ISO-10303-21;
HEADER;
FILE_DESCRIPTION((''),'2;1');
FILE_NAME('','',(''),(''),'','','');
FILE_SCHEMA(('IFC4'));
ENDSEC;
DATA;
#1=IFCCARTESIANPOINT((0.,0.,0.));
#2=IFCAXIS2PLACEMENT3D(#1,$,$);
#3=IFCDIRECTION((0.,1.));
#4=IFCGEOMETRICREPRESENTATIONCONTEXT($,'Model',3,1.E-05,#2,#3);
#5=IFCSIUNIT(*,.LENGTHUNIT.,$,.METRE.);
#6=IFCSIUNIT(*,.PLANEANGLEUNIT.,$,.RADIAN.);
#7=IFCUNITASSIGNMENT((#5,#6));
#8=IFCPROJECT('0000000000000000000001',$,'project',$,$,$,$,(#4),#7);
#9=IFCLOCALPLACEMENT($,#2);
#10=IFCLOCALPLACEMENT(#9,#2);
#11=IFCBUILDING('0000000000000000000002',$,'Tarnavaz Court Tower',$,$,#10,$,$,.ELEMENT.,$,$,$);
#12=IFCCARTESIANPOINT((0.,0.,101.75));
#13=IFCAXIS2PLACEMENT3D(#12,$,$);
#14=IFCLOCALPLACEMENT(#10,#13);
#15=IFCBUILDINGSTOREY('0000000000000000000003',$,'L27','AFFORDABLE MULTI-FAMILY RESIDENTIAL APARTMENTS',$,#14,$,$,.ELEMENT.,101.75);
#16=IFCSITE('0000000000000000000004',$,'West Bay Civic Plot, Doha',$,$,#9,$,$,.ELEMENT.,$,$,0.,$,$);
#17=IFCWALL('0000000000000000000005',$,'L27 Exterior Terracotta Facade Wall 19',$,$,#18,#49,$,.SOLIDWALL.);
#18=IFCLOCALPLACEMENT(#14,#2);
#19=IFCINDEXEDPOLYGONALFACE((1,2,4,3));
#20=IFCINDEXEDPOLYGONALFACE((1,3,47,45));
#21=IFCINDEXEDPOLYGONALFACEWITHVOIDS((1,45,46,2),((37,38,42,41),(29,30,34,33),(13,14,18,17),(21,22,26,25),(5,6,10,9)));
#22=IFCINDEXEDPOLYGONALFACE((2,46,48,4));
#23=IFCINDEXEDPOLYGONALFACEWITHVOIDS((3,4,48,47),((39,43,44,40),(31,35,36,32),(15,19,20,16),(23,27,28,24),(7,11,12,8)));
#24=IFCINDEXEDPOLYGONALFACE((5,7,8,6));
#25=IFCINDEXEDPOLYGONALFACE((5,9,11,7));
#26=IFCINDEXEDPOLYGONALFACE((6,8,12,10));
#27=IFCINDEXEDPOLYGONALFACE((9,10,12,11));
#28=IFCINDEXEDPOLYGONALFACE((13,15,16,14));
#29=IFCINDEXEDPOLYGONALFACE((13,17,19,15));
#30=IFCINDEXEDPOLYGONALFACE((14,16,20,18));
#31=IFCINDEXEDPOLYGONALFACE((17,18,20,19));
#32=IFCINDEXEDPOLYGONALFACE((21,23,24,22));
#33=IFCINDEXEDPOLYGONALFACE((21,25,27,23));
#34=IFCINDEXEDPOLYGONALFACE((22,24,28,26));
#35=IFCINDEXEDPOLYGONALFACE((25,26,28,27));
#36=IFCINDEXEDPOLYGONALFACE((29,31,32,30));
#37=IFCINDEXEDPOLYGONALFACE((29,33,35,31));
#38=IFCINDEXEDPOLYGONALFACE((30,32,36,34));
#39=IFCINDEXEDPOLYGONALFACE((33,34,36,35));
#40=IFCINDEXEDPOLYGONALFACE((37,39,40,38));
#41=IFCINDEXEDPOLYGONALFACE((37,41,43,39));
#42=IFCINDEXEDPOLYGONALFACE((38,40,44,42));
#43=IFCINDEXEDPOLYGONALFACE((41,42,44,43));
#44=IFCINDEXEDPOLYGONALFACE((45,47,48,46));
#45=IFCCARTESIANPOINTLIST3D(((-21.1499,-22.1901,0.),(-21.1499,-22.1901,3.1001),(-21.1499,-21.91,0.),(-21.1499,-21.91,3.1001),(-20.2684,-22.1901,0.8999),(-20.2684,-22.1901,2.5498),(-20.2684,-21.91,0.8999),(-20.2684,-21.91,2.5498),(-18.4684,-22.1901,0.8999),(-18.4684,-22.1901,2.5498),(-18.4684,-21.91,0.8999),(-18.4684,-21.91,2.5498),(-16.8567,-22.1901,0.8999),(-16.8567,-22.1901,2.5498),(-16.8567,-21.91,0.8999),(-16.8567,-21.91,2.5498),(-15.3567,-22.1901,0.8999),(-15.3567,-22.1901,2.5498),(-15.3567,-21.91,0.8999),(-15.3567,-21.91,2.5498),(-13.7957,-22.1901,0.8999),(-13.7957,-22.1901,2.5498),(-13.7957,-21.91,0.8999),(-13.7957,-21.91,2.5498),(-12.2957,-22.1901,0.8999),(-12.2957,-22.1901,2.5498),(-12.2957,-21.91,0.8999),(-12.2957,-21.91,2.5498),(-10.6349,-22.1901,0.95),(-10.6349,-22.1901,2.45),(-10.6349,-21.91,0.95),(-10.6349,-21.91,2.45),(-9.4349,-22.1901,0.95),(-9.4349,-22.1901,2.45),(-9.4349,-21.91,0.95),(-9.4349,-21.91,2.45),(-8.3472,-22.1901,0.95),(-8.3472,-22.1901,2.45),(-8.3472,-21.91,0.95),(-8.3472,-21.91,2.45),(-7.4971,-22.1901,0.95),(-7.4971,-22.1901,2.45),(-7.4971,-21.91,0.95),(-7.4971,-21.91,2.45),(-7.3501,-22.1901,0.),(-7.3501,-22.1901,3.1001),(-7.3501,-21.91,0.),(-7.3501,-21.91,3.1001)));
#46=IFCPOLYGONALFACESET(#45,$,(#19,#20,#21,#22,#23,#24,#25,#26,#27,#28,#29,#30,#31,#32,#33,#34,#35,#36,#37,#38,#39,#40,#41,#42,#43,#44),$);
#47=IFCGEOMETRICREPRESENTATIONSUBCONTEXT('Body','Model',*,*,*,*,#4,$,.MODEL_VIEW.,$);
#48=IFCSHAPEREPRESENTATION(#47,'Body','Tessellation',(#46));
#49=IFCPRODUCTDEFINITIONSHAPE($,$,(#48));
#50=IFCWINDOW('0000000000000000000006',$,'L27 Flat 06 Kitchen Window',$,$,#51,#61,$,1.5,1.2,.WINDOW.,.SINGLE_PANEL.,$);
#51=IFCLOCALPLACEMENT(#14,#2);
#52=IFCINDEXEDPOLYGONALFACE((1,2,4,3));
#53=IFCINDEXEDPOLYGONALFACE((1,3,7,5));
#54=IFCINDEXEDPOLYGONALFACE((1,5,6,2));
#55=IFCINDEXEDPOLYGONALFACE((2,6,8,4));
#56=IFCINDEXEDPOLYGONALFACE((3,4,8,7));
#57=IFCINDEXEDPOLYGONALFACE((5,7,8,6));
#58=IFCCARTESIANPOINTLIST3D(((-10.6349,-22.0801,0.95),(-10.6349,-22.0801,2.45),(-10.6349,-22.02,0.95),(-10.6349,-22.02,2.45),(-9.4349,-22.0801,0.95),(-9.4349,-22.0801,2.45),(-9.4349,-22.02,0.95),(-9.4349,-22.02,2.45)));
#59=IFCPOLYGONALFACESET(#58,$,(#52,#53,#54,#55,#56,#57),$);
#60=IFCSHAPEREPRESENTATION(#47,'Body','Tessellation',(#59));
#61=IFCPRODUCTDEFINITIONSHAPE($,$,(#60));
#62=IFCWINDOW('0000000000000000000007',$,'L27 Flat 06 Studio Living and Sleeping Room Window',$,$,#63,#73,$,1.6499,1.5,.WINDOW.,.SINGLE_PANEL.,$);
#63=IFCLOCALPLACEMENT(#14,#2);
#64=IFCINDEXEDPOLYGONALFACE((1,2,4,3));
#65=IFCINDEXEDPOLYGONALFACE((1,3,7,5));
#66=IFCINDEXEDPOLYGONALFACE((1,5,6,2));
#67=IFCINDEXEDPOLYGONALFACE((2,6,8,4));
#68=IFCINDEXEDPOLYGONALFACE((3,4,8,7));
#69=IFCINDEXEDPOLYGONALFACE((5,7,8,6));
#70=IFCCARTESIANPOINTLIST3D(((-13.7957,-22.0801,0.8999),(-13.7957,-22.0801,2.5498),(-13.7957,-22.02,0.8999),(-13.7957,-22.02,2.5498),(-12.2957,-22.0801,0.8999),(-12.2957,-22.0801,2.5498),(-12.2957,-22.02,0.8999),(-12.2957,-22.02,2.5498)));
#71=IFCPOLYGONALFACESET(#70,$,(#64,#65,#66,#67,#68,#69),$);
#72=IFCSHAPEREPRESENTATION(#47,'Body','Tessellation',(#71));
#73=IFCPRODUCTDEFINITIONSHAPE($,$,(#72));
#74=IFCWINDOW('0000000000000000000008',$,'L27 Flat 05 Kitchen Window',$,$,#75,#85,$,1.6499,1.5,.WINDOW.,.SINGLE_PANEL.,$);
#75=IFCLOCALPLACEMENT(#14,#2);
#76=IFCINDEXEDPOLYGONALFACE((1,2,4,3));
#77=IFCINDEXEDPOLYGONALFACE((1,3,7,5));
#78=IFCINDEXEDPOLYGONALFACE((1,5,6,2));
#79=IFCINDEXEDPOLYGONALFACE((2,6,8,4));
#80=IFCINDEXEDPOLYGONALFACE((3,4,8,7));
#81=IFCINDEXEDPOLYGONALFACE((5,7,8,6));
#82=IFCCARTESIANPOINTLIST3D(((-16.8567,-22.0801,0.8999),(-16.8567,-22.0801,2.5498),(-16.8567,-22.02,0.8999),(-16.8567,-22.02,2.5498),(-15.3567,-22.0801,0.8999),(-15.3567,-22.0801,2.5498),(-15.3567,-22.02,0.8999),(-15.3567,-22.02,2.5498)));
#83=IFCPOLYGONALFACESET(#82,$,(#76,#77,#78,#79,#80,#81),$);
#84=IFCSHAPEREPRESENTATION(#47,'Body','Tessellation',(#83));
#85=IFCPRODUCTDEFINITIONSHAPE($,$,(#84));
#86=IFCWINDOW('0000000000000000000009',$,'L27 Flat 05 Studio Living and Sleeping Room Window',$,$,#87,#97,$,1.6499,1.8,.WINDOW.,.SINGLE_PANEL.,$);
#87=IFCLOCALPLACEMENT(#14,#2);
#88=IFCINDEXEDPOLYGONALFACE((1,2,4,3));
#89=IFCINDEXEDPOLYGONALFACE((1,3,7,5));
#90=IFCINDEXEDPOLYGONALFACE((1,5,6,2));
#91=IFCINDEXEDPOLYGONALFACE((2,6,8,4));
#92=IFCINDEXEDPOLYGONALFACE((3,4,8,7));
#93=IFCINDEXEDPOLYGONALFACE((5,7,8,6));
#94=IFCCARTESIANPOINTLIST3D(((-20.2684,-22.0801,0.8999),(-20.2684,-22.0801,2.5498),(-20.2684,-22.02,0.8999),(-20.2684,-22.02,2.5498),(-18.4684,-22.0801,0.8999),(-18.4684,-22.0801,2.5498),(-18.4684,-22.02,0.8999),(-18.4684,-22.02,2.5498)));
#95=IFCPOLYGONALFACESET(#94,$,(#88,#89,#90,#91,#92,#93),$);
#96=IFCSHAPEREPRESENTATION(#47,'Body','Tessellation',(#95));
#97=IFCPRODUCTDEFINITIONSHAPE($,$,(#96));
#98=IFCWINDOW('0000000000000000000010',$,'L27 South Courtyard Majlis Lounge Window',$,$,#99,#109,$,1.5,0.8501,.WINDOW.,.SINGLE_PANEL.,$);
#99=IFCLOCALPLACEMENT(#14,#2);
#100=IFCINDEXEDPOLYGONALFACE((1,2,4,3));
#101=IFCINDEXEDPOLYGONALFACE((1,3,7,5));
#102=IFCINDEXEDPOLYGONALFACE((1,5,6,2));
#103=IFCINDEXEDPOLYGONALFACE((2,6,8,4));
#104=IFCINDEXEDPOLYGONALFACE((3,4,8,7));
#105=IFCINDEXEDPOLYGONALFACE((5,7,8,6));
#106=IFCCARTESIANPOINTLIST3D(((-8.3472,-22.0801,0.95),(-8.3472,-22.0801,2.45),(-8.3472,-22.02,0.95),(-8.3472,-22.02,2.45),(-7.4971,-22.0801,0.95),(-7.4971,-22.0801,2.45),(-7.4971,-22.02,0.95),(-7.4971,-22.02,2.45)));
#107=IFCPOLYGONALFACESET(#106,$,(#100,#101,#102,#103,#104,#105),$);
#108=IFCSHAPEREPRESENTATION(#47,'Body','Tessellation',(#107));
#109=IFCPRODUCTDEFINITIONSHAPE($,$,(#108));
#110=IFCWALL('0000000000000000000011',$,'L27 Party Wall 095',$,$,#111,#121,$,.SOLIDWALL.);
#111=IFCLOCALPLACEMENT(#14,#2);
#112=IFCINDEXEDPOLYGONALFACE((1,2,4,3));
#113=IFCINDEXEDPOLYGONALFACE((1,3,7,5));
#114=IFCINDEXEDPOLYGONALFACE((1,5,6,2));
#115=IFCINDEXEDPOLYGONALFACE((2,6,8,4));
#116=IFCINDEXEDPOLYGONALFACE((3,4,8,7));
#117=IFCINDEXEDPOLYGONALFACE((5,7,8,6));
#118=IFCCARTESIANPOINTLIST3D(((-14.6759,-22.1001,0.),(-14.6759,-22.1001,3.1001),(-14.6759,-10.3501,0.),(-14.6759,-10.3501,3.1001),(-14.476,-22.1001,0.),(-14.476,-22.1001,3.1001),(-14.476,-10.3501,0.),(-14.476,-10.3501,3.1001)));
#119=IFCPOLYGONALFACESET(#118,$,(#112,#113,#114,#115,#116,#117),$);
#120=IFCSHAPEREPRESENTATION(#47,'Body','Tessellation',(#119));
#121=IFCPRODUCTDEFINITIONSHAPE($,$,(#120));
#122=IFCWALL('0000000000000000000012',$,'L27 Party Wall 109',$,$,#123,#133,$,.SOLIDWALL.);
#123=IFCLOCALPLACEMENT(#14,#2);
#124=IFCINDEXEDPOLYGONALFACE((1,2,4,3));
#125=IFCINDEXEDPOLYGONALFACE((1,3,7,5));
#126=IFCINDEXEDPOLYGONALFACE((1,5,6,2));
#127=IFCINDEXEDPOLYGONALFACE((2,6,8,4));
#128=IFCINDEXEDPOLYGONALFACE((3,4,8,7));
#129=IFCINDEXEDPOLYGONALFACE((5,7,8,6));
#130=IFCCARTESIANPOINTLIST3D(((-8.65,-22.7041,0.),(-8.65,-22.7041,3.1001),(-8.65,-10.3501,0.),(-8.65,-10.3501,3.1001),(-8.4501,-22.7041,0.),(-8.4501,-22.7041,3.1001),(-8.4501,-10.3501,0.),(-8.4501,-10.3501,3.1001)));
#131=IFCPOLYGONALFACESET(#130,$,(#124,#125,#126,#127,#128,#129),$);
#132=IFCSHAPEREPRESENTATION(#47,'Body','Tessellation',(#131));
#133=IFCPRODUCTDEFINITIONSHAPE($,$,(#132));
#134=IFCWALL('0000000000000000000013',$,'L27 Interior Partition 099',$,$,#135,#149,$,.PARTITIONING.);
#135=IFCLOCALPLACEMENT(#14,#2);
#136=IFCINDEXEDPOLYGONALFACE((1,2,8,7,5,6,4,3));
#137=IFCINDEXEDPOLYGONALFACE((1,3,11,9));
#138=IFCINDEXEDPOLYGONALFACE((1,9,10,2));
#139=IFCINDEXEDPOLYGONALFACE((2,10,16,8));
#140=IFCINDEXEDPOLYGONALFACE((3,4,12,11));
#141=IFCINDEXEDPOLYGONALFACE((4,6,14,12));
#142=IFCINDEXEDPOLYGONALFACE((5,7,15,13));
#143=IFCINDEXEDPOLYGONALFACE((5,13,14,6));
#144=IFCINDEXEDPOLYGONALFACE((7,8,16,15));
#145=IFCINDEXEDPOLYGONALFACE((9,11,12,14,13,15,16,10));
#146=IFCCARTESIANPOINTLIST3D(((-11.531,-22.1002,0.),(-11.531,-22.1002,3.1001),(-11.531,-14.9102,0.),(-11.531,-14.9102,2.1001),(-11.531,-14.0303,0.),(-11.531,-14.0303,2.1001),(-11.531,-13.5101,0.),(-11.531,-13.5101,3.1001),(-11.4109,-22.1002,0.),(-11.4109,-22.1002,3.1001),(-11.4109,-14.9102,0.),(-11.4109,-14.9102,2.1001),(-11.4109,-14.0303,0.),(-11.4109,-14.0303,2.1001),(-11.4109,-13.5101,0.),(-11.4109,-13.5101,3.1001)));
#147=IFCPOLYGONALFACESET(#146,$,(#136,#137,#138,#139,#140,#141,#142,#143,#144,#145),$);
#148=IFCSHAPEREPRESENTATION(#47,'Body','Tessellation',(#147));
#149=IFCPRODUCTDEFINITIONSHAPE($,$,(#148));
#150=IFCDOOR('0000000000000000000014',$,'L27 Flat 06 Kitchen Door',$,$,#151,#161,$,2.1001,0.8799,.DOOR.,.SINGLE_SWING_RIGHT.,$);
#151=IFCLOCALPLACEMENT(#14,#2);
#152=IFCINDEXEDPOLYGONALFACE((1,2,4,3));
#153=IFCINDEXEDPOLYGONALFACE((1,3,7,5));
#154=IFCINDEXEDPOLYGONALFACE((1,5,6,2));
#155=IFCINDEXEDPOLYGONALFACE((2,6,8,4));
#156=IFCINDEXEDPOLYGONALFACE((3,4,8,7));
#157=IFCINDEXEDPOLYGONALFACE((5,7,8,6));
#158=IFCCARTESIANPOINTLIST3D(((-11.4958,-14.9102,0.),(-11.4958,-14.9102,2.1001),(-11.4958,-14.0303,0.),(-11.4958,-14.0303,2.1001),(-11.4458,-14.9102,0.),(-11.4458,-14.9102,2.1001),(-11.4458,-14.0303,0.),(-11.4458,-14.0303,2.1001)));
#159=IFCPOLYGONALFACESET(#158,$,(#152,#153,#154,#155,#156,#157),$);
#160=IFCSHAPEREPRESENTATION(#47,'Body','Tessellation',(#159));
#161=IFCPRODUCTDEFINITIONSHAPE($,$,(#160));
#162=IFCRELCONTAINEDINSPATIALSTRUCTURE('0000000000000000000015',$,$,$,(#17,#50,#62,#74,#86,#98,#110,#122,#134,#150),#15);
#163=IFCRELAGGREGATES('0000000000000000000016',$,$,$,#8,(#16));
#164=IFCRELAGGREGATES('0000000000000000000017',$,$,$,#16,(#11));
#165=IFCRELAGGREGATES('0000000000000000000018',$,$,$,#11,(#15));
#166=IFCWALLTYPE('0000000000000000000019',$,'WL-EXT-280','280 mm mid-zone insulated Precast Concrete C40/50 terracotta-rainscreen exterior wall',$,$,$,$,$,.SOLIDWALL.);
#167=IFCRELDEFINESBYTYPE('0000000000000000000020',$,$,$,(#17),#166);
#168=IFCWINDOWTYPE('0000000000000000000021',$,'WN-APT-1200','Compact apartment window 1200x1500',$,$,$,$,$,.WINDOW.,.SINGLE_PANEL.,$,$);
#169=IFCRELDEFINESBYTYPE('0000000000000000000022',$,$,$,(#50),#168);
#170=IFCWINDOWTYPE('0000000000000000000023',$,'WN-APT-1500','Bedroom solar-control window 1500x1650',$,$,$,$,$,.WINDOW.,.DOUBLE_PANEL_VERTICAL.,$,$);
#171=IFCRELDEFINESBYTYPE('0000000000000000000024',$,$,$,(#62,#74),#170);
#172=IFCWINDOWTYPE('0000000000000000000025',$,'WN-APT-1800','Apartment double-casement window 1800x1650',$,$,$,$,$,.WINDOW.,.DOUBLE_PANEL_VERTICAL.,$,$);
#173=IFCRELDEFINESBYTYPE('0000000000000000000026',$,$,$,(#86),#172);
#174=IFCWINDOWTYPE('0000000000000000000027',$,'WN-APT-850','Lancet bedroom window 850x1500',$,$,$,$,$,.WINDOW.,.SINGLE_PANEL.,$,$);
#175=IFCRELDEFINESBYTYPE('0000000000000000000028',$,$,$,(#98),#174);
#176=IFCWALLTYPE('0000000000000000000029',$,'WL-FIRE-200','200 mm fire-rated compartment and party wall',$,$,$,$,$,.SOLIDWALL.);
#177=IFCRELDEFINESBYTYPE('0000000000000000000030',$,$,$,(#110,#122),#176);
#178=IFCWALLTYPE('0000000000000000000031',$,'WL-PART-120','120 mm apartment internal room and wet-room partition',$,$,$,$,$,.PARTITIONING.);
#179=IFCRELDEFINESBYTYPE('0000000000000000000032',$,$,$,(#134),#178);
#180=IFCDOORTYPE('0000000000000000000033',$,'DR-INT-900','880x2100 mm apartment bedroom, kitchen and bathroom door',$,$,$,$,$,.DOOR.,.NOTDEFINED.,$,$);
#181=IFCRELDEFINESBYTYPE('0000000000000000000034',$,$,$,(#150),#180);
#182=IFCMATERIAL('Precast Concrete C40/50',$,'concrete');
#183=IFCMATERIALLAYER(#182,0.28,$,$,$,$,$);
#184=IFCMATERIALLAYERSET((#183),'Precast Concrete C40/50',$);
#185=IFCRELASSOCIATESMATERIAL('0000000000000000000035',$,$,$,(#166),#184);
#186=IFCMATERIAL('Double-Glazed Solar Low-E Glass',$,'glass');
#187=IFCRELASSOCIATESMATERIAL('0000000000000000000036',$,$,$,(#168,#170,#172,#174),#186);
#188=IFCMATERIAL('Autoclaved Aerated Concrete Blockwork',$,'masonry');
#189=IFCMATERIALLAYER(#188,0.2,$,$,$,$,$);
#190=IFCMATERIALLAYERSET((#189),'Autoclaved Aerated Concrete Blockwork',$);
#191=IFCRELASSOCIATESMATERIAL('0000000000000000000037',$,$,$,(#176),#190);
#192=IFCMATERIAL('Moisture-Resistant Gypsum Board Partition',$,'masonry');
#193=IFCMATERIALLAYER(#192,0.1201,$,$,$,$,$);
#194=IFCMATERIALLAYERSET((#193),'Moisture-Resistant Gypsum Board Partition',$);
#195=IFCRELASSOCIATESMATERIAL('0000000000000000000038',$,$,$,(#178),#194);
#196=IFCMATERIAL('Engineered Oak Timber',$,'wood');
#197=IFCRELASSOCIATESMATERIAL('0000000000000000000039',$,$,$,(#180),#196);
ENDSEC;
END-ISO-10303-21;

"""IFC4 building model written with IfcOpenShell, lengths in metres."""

from ifc_helpers import new_model, si_unit, direction, frame, frame_2d, origin, place, context, subcontext, project, spatial, rectangle, extrude, material, layer, layer_set, type_object, element, fill, save


model = new_model("IFC4")

# Units and contexts
model_context = context("Model", 3, precision=1e-05, world=origin(), true_north=direction((0.0, 1.0)))
body_context = subcontext(model_context, "Body", "Model", "MODEL_VIEW")
ifc_project = project(units=[si_unit("LENGTHUNIT", "METRE"), si_unit("PLANEANGLEUNIT", "RADIAN")], contexts=[model_context])

# Site, building, storey
site_placement = place(None, origin())
site = spatial("IfcSite", under=ifc_project, at=site_placement, Name="West Bay Civic Plot, Doha", CompositionType="ELEMENT", RefElevation=0.0)
building_placement = place(site_placement, origin())
building = spatial("IfcBuilding", under=site, at=building_placement, Name="Tarnavaz Court Tower", CompositionType="ELEMENT")
storey_placement = place(building_placement, frame((0.0, 0.0, 101.75)))
storey = spatial("IfcBuildingStorey", under=building, at=storey_placement, Name="L27", Description="AFFORDABLE MULTI-FAMILY RESIDENTIAL APARTMENTS", CompositionType="ELEMENT", Elevation=101.75)

# Shared definitions
ifc_material_1 = material(Name="Double-Glazed Solar Low-E Glass", Category="glass")

# Shared definitions
ifc_material_2 = material(Name="Precast Concrete C40/50", Category="concrete")
ifc_layer_1 = layer(ifc_material_2, 0.28)
ifc_layer_set_1 = layer_set([ifc_layer_1], Name="Precast Concrete C40/50")
wall_type_1 = type_object("IfcWallType", Name="WL-EXT-280", Description="280 mm mid-zone insulated Precast Concrete C40/50 terracotta-rainscreen exterior wall", PredefinedType="SOLIDWALL", material=ifc_layer_set_1)
window_type_1 = type_object("IfcWindowType", Name="WN-APT-1200", Description="Compact apartment window 1200x1500", PartitioningType="SINGLE_PANEL", PredefinedType="WINDOW", material=ifc_material_1)

# Wall, openings, windows
wall_1_placement = place(storey_placement, frame((-7.3501, -22.05, 0.0), z_axis=(0.0, 0.0, 1.0), x_axis=(-1.0, 0.0, 0.0)))
wall_1 = element("IfcWall", 1, at=wall_1_placement, inside=storey, type_object=wall_type_1, Name="L27 Exterior Terracotta Facade Wall 19", PredefinedType="SOLIDWALL", context=body_context, shape_type="SweptSolid", body=[
    extrude(rectangle(XDim=13.7998, YDim=0.28, at=frame_2d((6.8999, 0.0))), origin(), (0.0, 0.0, 1.0), 3.1001),
])
opening_1_placement = place(wall_1_placement, frame((0.147, 0.0, 0.95)))
opening_1 = element("IfcOpeningElement", 2, at=opening_1_placement, cuts=wall_1, PredefinedType="OPENING", context=body_context, shape_type="SweptSolid", body=[
    extrude(rectangle(XDim=0.8501, YDim=1.5, at=frame_2d((0.425, 0.75))), frame((0.0, 0.1499, 0.0), z_axis=(0.0, -1.0, 0.0), x_axis=(1.0, 0.0, 0.0)), (0.0, 0.0, 1.0), 0.3),
])
opening_2_placement = place(wall_1_placement, frame((2.0847, 0.0, 0.95)))
opening_2 = element("IfcOpeningElement", 3, at=opening_2_placement, cuts=wall_1, PredefinedType="OPENING", context=body_context, shape_type="SweptSolid", body=[
    extrude(rectangle(XDim=1.2, YDim=1.5, at=frame_2d((0.6001, 0.75))), frame((0.0, 0.1499, 0.0), z_axis=(0.0, -1.0, 0.0), x_axis=(1.0, 0.0, 0.0)), (0.0, 0.0, 1.0), 0.3),
])
opening_3_placement = place(wall_1_placement, frame((4.9456, 0.0, 0.8999)))
opening_3 = element("IfcOpeningElement", 4, at=opening_3_placement, cuts=wall_1, PredefinedType="OPENING", context=body_context, shape_type="SweptSolid", body=[
    extrude(rectangle(XDim=1.5, YDim=1.6499, at=frame_2d((0.75, 0.825))), frame((0.0, 0.1499, 0.0), z_axis=(0.0, -1.0, 0.0), x_axis=(1.0, 0.0, 0.0)), (0.0, 0.0, 1.0), 0.3),
])
opening_4_placement = place(wall_1_placement, frame((8.0066, 0.0, 0.8999)))
opening_4 = element("IfcOpeningElement", 5, at=opening_4_placement, cuts=wall_1, PredefinedType="OPENING", context=body_context, shape_type="SweptSolid", body=[
    extrude(rectangle(XDim=1.5, YDim=1.6499, at=frame_2d((0.75, 0.825))), frame((0.0, 0.1499, 0.0), z_axis=(0.0, -1.0, 0.0), x_axis=(1.0, 0.0, 0.0)), (0.0, 0.0, 1.0), 0.3),
])
opening_5_placement = place(wall_1_placement, frame((11.1184, 0.0, 0.8999)))
opening_5 = element("IfcOpeningElement", 6, at=opening_5_placement, cuts=wall_1, PredefinedType="OPENING", context=body_context, shape_type="SweptSolid", body=[
    extrude(rectangle(XDim=1.8, YDim=1.6499, at=frame_2d((0.8999, 0.825))), frame((0.0, 0.1499, 0.0), z_axis=(0.0, -1.0, 0.0), x_axis=(1.0, 0.0, 0.0)), (0.0, 0.0, 1.0), 0.3),
])
window_1_placement = place(opening_2_placement, origin())
window_1 = element("IfcWindow", 7, at=window_1_placement, inside=storey, type_object=window_type_1, Name="L27 Flat 06 Kitchen Window", OverallHeight=1.5, OverallWidth=1.2, PartitioningType="SINGLE_PANEL", PredefinedType="WINDOW", context=body_context, shape_type="SweptSolid", body=[
    extrude(rectangle(XDim=1.2, YDim=1.5, at=frame_2d((0.6001, 0.75))), frame((0.0, 0.03, 0.0), z_axis=(0.0, -1.0, 0.0), x_axis=(1.0, 0.0, 0.0)), (0.0, 0.0, 1.0), 0.0601),
])
fill(opening_2, window_1)
window_type_2 = type_object("IfcWindowType", Name="WN-APT-1500", Description="Bedroom solar-control window 1500x1650", PartitioningType="DOUBLE_PANEL_VERTICAL", PredefinedType="WINDOW", material=ifc_material_1)
window_2_placement = place(opening_3_placement, origin())
window_2 = element("IfcWindow", 8, at=window_2_placement, inside=storey, type_object=window_type_2, Name="L27 Flat 06 Studio Living and Sleeping Room Window", OverallHeight=1.6499, OverallWidth=1.5, PartitioningType="SINGLE_PANEL", PredefinedType="WINDOW", context=body_context, shape_type="SweptSolid", body=[
    extrude(rectangle(XDim=1.5, YDim=1.6499, at=frame_2d((0.75, 0.825))), frame((0.0, 0.03, 0.0), z_axis=(0.0, -1.0, 0.0), x_axis=(1.0, 0.0, 0.0)), (0.0, 0.0, 1.0), 0.0601),
])
fill(opening_3, window_2)
window_3_placement = place(opening_4_placement, origin())
window_3 = element("IfcWindow", 9, at=window_3_placement, inside=storey, type_object=window_type_2, Name="L27 Flat 05 Kitchen Window", OverallHeight=1.6499, OverallWidth=1.5, PartitioningType="SINGLE_PANEL", PredefinedType="WINDOW", context=body_context, shape_type="SweptSolid", body=[
    extrude(rectangle(XDim=1.5, YDim=1.6499, at=frame_2d((0.75, 0.825))), frame((0.0, 0.03, 0.0), z_axis=(0.0, -1.0, 0.0), x_axis=(1.0, 0.0, 0.0)), (0.0, 0.0, 1.0), 0.0601),
])
fill(opening_4, window_3)
window_type_3 = type_object("IfcWindowType", Name="WN-APT-1800", Description="Apartment double-casement window 1800x1650", PartitioningType="DOUBLE_PANEL_VERTICAL", PredefinedType="WINDOW", material=ifc_material_1)
window_4_placement = place(opening_5_placement, origin())
window_4 = element("IfcWindow", 10, at=window_4_placement, inside=storey, type_object=window_type_3, Name="L27 Flat 05 Studio Living and Sleeping Room Window", OverallHeight=1.6499, OverallWidth=1.8, PartitioningType="SINGLE_PANEL", PredefinedType="WINDOW", context=body_context, shape_type="SweptSolid", body=[
    extrude(rectangle(XDim=1.8, YDim=1.6499, at=frame_2d((0.8999, 0.825))), frame((0.0, 0.03, 0.0), z_axis=(0.0, -1.0, 0.0), x_axis=(1.0, 0.0, 0.0)), (0.0, 0.0, 1.0), 0.0601),
])
fill(opening_5, window_4)
window_type_4 = type_object("IfcWindowType", Name="WN-APT-850", Description="Lancet bedroom window 850x1500", PartitioningType="SINGLE_PANEL", PredefinedType="WINDOW", material=ifc_material_1)
window_5_placement = place(opening_1_placement, origin())
window_5 = element("IfcWindow", 11, at=window_5_placement, inside=storey, type_object=window_type_4, Name="L27 South Courtyard Majlis Lounge Window", OverallHeight=1.5, OverallWidth=0.8501, PartitioningType="SINGLE_PANEL", PredefinedType="WINDOW", context=body_context, shape_type="SweptSolid", body=[
    extrude(rectangle(XDim=0.8501, YDim=1.5, at=frame_2d((0.425, 0.75))), frame((0.0, 0.03, 0.0), z_axis=(0.0, -1.0, 0.0), x_axis=(1.0, 0.0, 0.0)), (0.0, 0.0, 1.0), 0.0601),
])
fill(opening_1, window_5)

# Walls
ifc_material_3 = material(Name="Autoclaved Aerated Concrete Blockwork", Category="masonry")
ifc_layer_2 = layer(ifc_material_3, 0.2)
ifc_layer_set_2 = layer_set([ifc_layer_2], Name="Autoclaved Aerated Concrete Blockwork")
wall_type_2 = type_object("IfcWallType", Name="WL-FIRE-200", Description="200 mm fire-rated compartment and party wall", PredefinedType="SOLIDWALL", material=ifc_layer_set_2)
wall_2_placement = place(storey_placement, frame((-14.5759, -22.1001, 0.0), z_axis=(0.0, 0.0, 1.0), x_axis=(0.0, 1.0, 0.0)))
element("IfcWall", 12, at=wall_2_placement, inside=storey, type_object=wall_type_2, Name="L27 Party Wall 095", PredefinedType="SOLIDWALL", context=body_context, shape_type="SweptSolid", body=[
    extrude(rectangle(XDim=11.75, YDim=0.2, at=frame_2d((5.875, 0.0))), origin(), (0.0, 0.0, 1.0), 3.1001),
])
wall_3_placement = place(storey_placement, frame((-8.55, -22.7041, 0.0), z_axis=(0.0, 0.0, 1.0), x_axis=(0.0, 1.0, 0.0)))
element("IfcWall", 13, at=wall_3_placement, inside=storey, type_object=wall_type_2, Name="L27 Party Wall 109", PredefinedType="SOLIDWALL", context=body_context, shape_type="SweptSolid", body=[
    extrude(rectangle(XDim=12.354, YDim=0.2, at=frame_2d((6.177, 0.0))), origin(), (0.0, 0.0, 1.0), 3.1001),
])

# Wall, opening, door
ifc_material_4 = material(Name="Moisture-Resistant Gypsum Board Partition", Category="masonry")
ifc_layer_3 = layer(ifc_material_4, 0.1201)
ifc_layer_set_3 = layer_set([ifc_layer_3], Name="Moisture-Resistant Gypsum Board Partition")
wall_type_3 = type_object("IfcWallType", Name="WL-PART-120", Description="120 mm apartment internal room and wet-room partition", PredefinedType="PARTITIONING", material=ifc_layer_set_3)
wall_4_placement = place(storey_placement, frame((-11.4709, -22.1001, 0.0), z_axis=(0.0, 0.0, 1.0), x_axis=(0.0, 1.0, 0.0)))
wall_4 = element("IfcWall", 14, at=wall_4_placement, inside=storey, type_object=wall_type_3, Name="L27 Interior Partition 099", PredefinedType="PARTITIONING", context=body_context, shape_type="SweptSolid", body=[
    extrude(rectangle(XDim=8.5901, YDim=0.1201, at=frame_2d((4.2949, 0.0))), origin(), (0.0, 0.0, 1.0), 3.1001),
])
opening_6_placement = place(wall_4_placement, frame((7.1899, 0.0, 0.0)))
opening_6 = element("IfcOpeningElement", 15, at=opening_6_placement, cuts=wall_4, PredefinedType="OPENING", context=body_context, shape_type="SweptSolid", body=[
    extrude(rectangle(XDim=0.8799, YDim=2.1001, at=frame_2d((0.4399, 1.05))), frame((0.0, 0.0701, 0.0), z_axis=(0.0, -1.0, 0.0), x_axis=(1.0, 0.0, 0.0)), (0.0, 0.0, 1.0), 0.1401),
])
ifc_material_5 = material(Name="Engineered Oak Timber", Category="wood")
door_type = type_object("IfcDoorType", Name="DR-INT-900", Description="880x2100 mm apartment bedroom, kitchen and bathroom door", OperationType="NOTDEFINED", PredefinedType="DOOR", material=ifc_material_5)
door_1_placement = place(opening_6_placement, origin())
door_1 = element("IfcDoor", 16, at=door_1_placement, inside=storey, type_object=door_type, Name="L27 Flat 06 Kitchen Door", OperationType="SINGLE_SWING_RIGHT", OverallHeight=2.1001, OverallWidth=0.8799, PredefinedType="DOOR", context=body_context, shape_type="SweptSolid", body=[
    extrude(rectangle(XDim=0.8799, YDim=2.1001, at=frame_2d((0.4399, 1.05))), frame((0.0, 0.0249, 0.0), z_axis=(0.0, -1.0, 0.0), x_axis=(1.0, 0.0, 0.0)), (0.0, 0.0, 1.0), 0.05),
])
fill(opening_6, door_1)

save(model, "model.ifc")
